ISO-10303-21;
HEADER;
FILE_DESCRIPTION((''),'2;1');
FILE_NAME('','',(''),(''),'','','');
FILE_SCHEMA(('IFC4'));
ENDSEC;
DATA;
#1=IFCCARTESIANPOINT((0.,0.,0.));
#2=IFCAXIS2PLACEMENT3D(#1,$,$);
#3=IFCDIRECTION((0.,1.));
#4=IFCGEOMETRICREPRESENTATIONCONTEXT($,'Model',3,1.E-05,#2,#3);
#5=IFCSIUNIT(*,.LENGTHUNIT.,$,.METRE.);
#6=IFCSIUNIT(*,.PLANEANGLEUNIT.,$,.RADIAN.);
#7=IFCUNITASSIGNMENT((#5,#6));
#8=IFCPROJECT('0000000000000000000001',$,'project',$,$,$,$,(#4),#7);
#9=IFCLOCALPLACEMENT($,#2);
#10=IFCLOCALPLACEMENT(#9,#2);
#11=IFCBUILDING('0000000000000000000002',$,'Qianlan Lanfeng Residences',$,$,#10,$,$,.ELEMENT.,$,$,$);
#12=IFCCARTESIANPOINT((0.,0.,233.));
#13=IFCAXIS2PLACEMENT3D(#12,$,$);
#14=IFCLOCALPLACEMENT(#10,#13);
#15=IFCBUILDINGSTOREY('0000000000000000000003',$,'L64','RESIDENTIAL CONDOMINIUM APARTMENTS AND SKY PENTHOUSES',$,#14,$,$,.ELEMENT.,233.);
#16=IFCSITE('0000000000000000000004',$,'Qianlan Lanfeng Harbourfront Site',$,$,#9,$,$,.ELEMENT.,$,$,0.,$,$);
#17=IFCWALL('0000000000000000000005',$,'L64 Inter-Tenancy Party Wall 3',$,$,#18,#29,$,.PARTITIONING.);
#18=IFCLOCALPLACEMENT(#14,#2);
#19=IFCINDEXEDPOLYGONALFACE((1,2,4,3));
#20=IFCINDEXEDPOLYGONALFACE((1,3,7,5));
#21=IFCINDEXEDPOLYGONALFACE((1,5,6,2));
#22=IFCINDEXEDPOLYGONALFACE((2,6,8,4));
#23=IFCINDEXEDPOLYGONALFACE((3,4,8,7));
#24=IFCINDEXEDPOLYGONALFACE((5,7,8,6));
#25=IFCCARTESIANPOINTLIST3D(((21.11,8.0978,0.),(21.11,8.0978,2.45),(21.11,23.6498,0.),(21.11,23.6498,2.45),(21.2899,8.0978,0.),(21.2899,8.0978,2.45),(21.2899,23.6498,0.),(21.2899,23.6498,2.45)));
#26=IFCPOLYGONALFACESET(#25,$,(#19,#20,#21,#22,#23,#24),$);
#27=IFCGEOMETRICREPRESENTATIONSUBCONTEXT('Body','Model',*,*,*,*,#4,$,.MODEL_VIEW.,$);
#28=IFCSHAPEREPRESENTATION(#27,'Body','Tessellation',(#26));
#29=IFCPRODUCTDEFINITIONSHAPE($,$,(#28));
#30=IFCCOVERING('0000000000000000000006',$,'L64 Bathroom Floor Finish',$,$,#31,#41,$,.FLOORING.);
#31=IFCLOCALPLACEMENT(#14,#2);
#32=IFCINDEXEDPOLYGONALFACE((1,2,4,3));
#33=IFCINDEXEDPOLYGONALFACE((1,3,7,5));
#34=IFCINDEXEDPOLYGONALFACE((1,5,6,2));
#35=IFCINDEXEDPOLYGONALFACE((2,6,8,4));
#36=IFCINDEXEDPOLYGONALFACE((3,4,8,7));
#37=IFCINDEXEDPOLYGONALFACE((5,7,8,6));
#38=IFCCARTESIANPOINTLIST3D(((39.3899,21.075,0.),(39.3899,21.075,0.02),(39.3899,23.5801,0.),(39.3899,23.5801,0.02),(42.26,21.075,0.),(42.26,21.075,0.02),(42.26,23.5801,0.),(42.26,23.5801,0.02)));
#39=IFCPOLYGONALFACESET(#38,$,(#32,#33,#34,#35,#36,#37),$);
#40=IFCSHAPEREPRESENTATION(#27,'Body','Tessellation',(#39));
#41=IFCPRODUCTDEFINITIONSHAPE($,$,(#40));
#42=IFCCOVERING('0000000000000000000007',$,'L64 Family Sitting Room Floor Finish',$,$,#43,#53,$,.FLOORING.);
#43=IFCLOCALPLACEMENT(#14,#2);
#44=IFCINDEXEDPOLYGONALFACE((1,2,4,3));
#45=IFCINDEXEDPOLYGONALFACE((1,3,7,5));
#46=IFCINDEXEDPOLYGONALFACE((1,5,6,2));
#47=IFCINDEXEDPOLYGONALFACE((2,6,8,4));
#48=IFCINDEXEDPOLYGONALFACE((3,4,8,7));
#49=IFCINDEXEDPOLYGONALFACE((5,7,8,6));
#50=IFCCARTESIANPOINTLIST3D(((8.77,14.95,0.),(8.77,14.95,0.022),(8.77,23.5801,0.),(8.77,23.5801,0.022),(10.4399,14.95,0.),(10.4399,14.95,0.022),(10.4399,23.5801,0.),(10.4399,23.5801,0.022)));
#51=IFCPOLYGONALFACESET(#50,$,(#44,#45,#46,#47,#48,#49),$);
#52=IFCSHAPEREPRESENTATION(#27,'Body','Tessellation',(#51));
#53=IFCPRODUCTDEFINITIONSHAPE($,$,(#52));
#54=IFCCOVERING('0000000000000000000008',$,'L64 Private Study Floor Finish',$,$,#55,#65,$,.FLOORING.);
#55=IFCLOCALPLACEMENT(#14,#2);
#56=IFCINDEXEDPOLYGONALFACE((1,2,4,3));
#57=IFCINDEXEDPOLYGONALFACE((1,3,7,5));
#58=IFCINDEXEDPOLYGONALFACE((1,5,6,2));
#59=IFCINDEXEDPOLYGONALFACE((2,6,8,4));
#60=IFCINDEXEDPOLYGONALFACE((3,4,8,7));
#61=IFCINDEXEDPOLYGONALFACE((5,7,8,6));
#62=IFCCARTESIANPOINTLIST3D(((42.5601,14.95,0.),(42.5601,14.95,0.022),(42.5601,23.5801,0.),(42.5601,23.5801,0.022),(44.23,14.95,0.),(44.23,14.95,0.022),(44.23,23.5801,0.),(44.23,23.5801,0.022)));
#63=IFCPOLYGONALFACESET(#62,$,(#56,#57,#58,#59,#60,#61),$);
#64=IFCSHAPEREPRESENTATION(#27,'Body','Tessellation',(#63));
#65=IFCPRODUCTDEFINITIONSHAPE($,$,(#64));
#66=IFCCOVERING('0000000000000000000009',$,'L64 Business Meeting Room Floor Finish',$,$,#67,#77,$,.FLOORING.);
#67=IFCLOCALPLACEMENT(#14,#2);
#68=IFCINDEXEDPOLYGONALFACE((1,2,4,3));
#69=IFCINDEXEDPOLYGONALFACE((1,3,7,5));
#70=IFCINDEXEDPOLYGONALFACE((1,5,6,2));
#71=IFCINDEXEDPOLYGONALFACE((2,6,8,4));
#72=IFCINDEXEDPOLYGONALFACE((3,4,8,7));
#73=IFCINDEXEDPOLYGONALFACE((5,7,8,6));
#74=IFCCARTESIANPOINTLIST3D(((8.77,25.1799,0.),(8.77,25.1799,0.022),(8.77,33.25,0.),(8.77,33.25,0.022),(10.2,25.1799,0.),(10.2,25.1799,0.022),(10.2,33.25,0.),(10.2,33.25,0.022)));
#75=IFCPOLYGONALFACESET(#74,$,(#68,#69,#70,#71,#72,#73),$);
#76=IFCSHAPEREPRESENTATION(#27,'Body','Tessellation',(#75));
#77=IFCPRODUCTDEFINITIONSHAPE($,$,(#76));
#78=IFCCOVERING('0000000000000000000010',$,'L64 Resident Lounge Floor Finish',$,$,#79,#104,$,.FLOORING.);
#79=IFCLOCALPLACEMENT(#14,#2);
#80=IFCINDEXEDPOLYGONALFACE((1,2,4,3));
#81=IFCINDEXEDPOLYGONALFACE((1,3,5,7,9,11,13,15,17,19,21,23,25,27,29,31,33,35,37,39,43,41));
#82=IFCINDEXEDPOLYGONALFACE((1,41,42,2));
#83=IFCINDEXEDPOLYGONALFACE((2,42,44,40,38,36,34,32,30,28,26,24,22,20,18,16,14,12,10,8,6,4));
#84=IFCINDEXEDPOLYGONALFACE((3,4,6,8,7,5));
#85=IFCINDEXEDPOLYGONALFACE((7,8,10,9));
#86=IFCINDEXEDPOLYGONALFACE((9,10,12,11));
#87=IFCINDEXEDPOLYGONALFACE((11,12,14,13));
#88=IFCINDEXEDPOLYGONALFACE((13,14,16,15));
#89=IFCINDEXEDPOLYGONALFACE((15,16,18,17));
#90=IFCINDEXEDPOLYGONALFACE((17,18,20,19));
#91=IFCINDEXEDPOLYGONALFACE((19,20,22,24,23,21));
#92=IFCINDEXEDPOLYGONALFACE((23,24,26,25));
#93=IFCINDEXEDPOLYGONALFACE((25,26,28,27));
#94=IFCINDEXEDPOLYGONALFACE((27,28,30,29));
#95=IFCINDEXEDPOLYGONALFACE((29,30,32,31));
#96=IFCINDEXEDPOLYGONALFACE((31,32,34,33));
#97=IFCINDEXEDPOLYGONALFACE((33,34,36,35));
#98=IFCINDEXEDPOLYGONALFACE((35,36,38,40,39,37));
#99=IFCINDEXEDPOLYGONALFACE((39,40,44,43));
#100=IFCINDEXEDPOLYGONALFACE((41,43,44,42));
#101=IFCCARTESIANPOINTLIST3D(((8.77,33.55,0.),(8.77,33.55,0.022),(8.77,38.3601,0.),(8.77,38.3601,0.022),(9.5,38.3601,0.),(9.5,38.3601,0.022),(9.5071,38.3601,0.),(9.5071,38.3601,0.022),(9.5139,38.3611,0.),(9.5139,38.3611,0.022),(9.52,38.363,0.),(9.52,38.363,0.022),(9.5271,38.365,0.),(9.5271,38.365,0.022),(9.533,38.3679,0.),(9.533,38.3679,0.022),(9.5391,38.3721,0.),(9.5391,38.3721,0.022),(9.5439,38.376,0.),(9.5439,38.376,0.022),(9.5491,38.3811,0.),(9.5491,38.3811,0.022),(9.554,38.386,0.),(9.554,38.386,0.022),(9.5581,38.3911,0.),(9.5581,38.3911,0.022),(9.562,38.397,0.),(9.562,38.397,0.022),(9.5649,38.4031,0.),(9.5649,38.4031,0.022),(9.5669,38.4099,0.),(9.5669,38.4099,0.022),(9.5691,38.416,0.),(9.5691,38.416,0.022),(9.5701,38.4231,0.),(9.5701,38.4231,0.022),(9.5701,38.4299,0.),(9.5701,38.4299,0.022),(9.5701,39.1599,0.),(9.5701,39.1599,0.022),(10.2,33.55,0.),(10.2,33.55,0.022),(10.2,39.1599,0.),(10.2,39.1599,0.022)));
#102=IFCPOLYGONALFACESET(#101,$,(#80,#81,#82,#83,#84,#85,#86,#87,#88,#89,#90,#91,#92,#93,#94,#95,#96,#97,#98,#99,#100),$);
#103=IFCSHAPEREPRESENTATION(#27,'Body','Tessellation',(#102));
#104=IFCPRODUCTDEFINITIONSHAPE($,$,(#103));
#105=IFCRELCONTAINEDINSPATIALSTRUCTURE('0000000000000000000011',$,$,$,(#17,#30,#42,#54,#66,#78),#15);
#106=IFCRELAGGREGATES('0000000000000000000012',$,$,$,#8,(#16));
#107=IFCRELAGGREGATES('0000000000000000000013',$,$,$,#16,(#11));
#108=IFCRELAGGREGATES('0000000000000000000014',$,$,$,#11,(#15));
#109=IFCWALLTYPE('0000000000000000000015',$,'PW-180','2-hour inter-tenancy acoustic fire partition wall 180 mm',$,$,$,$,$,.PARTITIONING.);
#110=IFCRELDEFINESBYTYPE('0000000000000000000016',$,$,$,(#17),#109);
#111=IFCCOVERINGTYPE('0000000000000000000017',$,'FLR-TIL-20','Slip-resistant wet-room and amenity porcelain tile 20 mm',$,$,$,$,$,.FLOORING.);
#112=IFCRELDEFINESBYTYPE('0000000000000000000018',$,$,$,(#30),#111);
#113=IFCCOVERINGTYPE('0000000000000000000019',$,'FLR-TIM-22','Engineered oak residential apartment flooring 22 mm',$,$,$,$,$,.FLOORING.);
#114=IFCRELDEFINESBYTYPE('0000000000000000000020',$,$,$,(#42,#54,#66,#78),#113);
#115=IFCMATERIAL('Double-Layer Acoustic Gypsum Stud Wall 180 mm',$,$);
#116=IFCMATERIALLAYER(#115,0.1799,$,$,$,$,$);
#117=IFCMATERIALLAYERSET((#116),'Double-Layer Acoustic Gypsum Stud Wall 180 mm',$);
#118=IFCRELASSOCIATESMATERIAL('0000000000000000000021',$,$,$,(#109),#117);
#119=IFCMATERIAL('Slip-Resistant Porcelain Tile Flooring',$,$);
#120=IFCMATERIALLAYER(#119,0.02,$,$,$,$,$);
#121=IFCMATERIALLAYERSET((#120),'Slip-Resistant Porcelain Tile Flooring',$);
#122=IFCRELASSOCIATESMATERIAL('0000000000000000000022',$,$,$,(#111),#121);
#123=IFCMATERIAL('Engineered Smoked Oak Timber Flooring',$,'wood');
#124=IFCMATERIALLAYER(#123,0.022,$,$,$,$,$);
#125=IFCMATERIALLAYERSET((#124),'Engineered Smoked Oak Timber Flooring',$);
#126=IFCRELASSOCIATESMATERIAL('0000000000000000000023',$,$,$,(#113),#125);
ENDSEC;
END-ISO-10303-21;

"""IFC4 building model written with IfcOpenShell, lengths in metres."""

from ifc_helpers import new_model, si_unit, direction, frame, frame_2d, origin, place, context, subcontext, project, spatial, polyline, rectangle, outline, extrude, material, layer, layer_set, type_object, element, save


model = new_model("IFC4")

# Units and contexts
model_context = context("Model", 3, precision=1e-05, world=origin(), true_north=direction((0.0, 1.0)))
body_context = subcontext(model_context, "Body", "Model", "MODEL_VIEW")
ifc_project = project(units=[si_unit("LENGTHUNIT", "METRE"), si_unit("PLANEANGLEUNIT", "RADIAN")], contexts=[model_context])

# Site, building, storey
site_placement = place(None, origin())
site = spatial("IfcSite", under=ifc_project, at=site_placement, Name="Qianlan Lanfeng Harbourfront Site", CompositionType="ELEMENT", RefElevation=0.0)
building_placement = place(site_placement, origin())
building = spatial("IfcBuilding", under=site, at=building_placement, Name="Qianlan Lanfeng Residences", CompositionType="ELEMENT")
storey_placement = place(building_placement, frame((0.0, 0.0, 233.0)))
storey = spatial("IfcBuildingStorey", under=building, at=storey_placement, Name="L64", Description="RESIDENTIAL CONDOMINIUM APARTMENTS AND SKY PENTHOUSES", CompositionType="ELEMENT", Elevation=233.0)

# Wall
ifc_material_1 = material(Name="Double-Layer Acoustic Gypsum Stud Wall 180 mm")
ifc_layer_1 = layer(ifc_material_1, 0.1799)
ifc_layer_set_1 = layer_set([ifc_layer_1], Name="Double-Layer Acoustic Gypsum Stud Wall 180 mm")
wall_type_1 = type_object("IfcWallType", Name="PW-180", Description="2-hour inter-tenancy acoustic fire partition wall 180 mm", PredefinedType="PARTITIONING", material=ifc_layer_set_1)
wall_1_placement = place(storey_placement, frame((21.2, 8.0979, 0.0), z_axis=(0.0, 0.0, 1.0), x_axis=(0.0, 1.0, 0.0)))
element("IfcWall", 1, at=wall_1_placement, inside=storey, type_object=wall_type_1, Name="L64 Inter-Tenancy Party Wall 3", PredefinedType="PARTITIONING", context=body_context, shape_type="SweptSolid", body=[
    extrude(rectangle(XDim=15.552, YDim=0.1799, at=frame_2d((7.7759, 0.0))), origin(), (0.0, 0.0, 1.0), 2.45),
])

# Coverings
ifc_material_2 = material(Name="Slip-Resistant Porcelain Tile Flooring")
ifc_layer_2 = layer(ifc_material_2, 0.02)
ifc_layer_set_2 = layer_set([ifc_layer_2], Name="Slip-Resistant Porcelain Tile Flooring")
covering_type_1 = type_object("IfcCoveringType", Name="FLR-TIL-20", Description="Slip-resistant wet-room and amenity porcelain tile 20 mm", PredefinedType="FLOORING", material=ifc_layer_set_2)
covering_1_placement = place(storey_placement, origin())
element("IfcCovering", 2, at=covering_1_placement, inside=storey, type_object=covering_type_1, Name="L64 Bathroom Floor Finish", PredefinedType="FLOORING", context=body_context, shape_type="SweptSolid", body=[
    extrude(outline(polyline([(39.3899, 21.075), (42.26, 21.075), (42.26, 23.5801), (39.3899, 23.5801), (39.3899, 21.075)])), origin(), (0.0, 0.0, 1.0), 0.02),
])
ifc_material_3 = material(Name="Engineered Smoked Oak Timber Flooring", Category="wood")
ifc_layer_3 = layer(ifc_material_3, 0.022)
ifc_layer_set_3 = layer_set([ifc_layer_3], Name="Engineered Smoked Oak Timber Flooring")
covering_type_2 = type_object("IfcCoveringType", Name="FLR-TIM-22", Description="Engineered oak residential apartment flooring 22 mm", PredefinedType="FLOORING", material=ifc_layer_set_3)
covering_2_placement = place(storey_placement, origin())
element("IfcCovering", 3, at=covering_2_placement, inside=storey, type_object=covering_type_2, Name="L64 Family Sitting Room Floor Finish", PredefinedType="FLOORING", context=body_context, shape_type="SweptSolid", body=[
    extrude(outline(polyline([(10.4399, 23.5801), (8.77, 23.5801), (8.77, 14.95), (10.4399, 14.95), (10.4399, 23.5801)])), origin(), (0.0, 0.0, 1.0), 0.022),
])
covering_3_placement = place(storey_placement, origin())
element("IfcCovering", 4, at=covering_3_placement, inside=storey, type_object=covering_type_2, Name="L64 Private Study Floor Finish", PredefinedType="FLOORING", context=body_context, shape_type="SweptSolid", body=[
    extrude(outline(polyline([(44.23, 23.5801), (42.5601, 23.5801), (42.5601, 14.95), (44.23, 14.95), (44.23, 23.5801)])), origin(), (0.0, 0.0, 1.0), 0.022),
])
covering_4_placement = place(storey_placement, origin())
element("IfcCovering", 5, at=covering_4_placement, inside=storey, type_object=covering_type_2, Name="L64 Business Meeting Room Floor Finish", PredefinedType="FLOORING", context=body_context, shape_type="SweptSolid", body=[
    extrude(outline(polyline([(10.2, 33.25), (8.77, 33.25), (8.77, 25.1799), (10.2, 25.1799), (10.2, 33.25)])), origin(), (0.0, 0.0, 1.0), 0.022),
])
covering_5_placement = place(storey_placement, origin())
element("IfcCovering", 6, at=covering_5_placement, inside=storey, type_object=covering_type_2, Name="L64 Resident Lounge Floor Finish", PredefinedType="FLOORING", context=body_context, shape_type="SweptSolid", body=[
    extrude(outline(polyline([(8.77, 33.55), (10.2, 33.55), (10.2, 39.1599), (9.5701, 39.1599), (9.5701, 38.4299), (9.5701, 38.4231), (9.5691, 38.416), (9.5669, 38.4099), (9.5649, 38.4031), (9.562, 38.397), (9.5581, 38.3911), (9.554, 38.386), (9.5491, 38.3811), (9.5439, 38.376), (9.5391, 38.3721), (9.533, 38.3679), (9.5271, 38.365), (9.52, 38.363), (9.5139, 38.3611), (9.5071, 38.3601), (9.5, 38.3601), (8.77, 38.3601), (8.77, 33.55)])), origin(), (0.0, 0.0, 1.0), 0.022),
])

save(model, "model.ifc")
